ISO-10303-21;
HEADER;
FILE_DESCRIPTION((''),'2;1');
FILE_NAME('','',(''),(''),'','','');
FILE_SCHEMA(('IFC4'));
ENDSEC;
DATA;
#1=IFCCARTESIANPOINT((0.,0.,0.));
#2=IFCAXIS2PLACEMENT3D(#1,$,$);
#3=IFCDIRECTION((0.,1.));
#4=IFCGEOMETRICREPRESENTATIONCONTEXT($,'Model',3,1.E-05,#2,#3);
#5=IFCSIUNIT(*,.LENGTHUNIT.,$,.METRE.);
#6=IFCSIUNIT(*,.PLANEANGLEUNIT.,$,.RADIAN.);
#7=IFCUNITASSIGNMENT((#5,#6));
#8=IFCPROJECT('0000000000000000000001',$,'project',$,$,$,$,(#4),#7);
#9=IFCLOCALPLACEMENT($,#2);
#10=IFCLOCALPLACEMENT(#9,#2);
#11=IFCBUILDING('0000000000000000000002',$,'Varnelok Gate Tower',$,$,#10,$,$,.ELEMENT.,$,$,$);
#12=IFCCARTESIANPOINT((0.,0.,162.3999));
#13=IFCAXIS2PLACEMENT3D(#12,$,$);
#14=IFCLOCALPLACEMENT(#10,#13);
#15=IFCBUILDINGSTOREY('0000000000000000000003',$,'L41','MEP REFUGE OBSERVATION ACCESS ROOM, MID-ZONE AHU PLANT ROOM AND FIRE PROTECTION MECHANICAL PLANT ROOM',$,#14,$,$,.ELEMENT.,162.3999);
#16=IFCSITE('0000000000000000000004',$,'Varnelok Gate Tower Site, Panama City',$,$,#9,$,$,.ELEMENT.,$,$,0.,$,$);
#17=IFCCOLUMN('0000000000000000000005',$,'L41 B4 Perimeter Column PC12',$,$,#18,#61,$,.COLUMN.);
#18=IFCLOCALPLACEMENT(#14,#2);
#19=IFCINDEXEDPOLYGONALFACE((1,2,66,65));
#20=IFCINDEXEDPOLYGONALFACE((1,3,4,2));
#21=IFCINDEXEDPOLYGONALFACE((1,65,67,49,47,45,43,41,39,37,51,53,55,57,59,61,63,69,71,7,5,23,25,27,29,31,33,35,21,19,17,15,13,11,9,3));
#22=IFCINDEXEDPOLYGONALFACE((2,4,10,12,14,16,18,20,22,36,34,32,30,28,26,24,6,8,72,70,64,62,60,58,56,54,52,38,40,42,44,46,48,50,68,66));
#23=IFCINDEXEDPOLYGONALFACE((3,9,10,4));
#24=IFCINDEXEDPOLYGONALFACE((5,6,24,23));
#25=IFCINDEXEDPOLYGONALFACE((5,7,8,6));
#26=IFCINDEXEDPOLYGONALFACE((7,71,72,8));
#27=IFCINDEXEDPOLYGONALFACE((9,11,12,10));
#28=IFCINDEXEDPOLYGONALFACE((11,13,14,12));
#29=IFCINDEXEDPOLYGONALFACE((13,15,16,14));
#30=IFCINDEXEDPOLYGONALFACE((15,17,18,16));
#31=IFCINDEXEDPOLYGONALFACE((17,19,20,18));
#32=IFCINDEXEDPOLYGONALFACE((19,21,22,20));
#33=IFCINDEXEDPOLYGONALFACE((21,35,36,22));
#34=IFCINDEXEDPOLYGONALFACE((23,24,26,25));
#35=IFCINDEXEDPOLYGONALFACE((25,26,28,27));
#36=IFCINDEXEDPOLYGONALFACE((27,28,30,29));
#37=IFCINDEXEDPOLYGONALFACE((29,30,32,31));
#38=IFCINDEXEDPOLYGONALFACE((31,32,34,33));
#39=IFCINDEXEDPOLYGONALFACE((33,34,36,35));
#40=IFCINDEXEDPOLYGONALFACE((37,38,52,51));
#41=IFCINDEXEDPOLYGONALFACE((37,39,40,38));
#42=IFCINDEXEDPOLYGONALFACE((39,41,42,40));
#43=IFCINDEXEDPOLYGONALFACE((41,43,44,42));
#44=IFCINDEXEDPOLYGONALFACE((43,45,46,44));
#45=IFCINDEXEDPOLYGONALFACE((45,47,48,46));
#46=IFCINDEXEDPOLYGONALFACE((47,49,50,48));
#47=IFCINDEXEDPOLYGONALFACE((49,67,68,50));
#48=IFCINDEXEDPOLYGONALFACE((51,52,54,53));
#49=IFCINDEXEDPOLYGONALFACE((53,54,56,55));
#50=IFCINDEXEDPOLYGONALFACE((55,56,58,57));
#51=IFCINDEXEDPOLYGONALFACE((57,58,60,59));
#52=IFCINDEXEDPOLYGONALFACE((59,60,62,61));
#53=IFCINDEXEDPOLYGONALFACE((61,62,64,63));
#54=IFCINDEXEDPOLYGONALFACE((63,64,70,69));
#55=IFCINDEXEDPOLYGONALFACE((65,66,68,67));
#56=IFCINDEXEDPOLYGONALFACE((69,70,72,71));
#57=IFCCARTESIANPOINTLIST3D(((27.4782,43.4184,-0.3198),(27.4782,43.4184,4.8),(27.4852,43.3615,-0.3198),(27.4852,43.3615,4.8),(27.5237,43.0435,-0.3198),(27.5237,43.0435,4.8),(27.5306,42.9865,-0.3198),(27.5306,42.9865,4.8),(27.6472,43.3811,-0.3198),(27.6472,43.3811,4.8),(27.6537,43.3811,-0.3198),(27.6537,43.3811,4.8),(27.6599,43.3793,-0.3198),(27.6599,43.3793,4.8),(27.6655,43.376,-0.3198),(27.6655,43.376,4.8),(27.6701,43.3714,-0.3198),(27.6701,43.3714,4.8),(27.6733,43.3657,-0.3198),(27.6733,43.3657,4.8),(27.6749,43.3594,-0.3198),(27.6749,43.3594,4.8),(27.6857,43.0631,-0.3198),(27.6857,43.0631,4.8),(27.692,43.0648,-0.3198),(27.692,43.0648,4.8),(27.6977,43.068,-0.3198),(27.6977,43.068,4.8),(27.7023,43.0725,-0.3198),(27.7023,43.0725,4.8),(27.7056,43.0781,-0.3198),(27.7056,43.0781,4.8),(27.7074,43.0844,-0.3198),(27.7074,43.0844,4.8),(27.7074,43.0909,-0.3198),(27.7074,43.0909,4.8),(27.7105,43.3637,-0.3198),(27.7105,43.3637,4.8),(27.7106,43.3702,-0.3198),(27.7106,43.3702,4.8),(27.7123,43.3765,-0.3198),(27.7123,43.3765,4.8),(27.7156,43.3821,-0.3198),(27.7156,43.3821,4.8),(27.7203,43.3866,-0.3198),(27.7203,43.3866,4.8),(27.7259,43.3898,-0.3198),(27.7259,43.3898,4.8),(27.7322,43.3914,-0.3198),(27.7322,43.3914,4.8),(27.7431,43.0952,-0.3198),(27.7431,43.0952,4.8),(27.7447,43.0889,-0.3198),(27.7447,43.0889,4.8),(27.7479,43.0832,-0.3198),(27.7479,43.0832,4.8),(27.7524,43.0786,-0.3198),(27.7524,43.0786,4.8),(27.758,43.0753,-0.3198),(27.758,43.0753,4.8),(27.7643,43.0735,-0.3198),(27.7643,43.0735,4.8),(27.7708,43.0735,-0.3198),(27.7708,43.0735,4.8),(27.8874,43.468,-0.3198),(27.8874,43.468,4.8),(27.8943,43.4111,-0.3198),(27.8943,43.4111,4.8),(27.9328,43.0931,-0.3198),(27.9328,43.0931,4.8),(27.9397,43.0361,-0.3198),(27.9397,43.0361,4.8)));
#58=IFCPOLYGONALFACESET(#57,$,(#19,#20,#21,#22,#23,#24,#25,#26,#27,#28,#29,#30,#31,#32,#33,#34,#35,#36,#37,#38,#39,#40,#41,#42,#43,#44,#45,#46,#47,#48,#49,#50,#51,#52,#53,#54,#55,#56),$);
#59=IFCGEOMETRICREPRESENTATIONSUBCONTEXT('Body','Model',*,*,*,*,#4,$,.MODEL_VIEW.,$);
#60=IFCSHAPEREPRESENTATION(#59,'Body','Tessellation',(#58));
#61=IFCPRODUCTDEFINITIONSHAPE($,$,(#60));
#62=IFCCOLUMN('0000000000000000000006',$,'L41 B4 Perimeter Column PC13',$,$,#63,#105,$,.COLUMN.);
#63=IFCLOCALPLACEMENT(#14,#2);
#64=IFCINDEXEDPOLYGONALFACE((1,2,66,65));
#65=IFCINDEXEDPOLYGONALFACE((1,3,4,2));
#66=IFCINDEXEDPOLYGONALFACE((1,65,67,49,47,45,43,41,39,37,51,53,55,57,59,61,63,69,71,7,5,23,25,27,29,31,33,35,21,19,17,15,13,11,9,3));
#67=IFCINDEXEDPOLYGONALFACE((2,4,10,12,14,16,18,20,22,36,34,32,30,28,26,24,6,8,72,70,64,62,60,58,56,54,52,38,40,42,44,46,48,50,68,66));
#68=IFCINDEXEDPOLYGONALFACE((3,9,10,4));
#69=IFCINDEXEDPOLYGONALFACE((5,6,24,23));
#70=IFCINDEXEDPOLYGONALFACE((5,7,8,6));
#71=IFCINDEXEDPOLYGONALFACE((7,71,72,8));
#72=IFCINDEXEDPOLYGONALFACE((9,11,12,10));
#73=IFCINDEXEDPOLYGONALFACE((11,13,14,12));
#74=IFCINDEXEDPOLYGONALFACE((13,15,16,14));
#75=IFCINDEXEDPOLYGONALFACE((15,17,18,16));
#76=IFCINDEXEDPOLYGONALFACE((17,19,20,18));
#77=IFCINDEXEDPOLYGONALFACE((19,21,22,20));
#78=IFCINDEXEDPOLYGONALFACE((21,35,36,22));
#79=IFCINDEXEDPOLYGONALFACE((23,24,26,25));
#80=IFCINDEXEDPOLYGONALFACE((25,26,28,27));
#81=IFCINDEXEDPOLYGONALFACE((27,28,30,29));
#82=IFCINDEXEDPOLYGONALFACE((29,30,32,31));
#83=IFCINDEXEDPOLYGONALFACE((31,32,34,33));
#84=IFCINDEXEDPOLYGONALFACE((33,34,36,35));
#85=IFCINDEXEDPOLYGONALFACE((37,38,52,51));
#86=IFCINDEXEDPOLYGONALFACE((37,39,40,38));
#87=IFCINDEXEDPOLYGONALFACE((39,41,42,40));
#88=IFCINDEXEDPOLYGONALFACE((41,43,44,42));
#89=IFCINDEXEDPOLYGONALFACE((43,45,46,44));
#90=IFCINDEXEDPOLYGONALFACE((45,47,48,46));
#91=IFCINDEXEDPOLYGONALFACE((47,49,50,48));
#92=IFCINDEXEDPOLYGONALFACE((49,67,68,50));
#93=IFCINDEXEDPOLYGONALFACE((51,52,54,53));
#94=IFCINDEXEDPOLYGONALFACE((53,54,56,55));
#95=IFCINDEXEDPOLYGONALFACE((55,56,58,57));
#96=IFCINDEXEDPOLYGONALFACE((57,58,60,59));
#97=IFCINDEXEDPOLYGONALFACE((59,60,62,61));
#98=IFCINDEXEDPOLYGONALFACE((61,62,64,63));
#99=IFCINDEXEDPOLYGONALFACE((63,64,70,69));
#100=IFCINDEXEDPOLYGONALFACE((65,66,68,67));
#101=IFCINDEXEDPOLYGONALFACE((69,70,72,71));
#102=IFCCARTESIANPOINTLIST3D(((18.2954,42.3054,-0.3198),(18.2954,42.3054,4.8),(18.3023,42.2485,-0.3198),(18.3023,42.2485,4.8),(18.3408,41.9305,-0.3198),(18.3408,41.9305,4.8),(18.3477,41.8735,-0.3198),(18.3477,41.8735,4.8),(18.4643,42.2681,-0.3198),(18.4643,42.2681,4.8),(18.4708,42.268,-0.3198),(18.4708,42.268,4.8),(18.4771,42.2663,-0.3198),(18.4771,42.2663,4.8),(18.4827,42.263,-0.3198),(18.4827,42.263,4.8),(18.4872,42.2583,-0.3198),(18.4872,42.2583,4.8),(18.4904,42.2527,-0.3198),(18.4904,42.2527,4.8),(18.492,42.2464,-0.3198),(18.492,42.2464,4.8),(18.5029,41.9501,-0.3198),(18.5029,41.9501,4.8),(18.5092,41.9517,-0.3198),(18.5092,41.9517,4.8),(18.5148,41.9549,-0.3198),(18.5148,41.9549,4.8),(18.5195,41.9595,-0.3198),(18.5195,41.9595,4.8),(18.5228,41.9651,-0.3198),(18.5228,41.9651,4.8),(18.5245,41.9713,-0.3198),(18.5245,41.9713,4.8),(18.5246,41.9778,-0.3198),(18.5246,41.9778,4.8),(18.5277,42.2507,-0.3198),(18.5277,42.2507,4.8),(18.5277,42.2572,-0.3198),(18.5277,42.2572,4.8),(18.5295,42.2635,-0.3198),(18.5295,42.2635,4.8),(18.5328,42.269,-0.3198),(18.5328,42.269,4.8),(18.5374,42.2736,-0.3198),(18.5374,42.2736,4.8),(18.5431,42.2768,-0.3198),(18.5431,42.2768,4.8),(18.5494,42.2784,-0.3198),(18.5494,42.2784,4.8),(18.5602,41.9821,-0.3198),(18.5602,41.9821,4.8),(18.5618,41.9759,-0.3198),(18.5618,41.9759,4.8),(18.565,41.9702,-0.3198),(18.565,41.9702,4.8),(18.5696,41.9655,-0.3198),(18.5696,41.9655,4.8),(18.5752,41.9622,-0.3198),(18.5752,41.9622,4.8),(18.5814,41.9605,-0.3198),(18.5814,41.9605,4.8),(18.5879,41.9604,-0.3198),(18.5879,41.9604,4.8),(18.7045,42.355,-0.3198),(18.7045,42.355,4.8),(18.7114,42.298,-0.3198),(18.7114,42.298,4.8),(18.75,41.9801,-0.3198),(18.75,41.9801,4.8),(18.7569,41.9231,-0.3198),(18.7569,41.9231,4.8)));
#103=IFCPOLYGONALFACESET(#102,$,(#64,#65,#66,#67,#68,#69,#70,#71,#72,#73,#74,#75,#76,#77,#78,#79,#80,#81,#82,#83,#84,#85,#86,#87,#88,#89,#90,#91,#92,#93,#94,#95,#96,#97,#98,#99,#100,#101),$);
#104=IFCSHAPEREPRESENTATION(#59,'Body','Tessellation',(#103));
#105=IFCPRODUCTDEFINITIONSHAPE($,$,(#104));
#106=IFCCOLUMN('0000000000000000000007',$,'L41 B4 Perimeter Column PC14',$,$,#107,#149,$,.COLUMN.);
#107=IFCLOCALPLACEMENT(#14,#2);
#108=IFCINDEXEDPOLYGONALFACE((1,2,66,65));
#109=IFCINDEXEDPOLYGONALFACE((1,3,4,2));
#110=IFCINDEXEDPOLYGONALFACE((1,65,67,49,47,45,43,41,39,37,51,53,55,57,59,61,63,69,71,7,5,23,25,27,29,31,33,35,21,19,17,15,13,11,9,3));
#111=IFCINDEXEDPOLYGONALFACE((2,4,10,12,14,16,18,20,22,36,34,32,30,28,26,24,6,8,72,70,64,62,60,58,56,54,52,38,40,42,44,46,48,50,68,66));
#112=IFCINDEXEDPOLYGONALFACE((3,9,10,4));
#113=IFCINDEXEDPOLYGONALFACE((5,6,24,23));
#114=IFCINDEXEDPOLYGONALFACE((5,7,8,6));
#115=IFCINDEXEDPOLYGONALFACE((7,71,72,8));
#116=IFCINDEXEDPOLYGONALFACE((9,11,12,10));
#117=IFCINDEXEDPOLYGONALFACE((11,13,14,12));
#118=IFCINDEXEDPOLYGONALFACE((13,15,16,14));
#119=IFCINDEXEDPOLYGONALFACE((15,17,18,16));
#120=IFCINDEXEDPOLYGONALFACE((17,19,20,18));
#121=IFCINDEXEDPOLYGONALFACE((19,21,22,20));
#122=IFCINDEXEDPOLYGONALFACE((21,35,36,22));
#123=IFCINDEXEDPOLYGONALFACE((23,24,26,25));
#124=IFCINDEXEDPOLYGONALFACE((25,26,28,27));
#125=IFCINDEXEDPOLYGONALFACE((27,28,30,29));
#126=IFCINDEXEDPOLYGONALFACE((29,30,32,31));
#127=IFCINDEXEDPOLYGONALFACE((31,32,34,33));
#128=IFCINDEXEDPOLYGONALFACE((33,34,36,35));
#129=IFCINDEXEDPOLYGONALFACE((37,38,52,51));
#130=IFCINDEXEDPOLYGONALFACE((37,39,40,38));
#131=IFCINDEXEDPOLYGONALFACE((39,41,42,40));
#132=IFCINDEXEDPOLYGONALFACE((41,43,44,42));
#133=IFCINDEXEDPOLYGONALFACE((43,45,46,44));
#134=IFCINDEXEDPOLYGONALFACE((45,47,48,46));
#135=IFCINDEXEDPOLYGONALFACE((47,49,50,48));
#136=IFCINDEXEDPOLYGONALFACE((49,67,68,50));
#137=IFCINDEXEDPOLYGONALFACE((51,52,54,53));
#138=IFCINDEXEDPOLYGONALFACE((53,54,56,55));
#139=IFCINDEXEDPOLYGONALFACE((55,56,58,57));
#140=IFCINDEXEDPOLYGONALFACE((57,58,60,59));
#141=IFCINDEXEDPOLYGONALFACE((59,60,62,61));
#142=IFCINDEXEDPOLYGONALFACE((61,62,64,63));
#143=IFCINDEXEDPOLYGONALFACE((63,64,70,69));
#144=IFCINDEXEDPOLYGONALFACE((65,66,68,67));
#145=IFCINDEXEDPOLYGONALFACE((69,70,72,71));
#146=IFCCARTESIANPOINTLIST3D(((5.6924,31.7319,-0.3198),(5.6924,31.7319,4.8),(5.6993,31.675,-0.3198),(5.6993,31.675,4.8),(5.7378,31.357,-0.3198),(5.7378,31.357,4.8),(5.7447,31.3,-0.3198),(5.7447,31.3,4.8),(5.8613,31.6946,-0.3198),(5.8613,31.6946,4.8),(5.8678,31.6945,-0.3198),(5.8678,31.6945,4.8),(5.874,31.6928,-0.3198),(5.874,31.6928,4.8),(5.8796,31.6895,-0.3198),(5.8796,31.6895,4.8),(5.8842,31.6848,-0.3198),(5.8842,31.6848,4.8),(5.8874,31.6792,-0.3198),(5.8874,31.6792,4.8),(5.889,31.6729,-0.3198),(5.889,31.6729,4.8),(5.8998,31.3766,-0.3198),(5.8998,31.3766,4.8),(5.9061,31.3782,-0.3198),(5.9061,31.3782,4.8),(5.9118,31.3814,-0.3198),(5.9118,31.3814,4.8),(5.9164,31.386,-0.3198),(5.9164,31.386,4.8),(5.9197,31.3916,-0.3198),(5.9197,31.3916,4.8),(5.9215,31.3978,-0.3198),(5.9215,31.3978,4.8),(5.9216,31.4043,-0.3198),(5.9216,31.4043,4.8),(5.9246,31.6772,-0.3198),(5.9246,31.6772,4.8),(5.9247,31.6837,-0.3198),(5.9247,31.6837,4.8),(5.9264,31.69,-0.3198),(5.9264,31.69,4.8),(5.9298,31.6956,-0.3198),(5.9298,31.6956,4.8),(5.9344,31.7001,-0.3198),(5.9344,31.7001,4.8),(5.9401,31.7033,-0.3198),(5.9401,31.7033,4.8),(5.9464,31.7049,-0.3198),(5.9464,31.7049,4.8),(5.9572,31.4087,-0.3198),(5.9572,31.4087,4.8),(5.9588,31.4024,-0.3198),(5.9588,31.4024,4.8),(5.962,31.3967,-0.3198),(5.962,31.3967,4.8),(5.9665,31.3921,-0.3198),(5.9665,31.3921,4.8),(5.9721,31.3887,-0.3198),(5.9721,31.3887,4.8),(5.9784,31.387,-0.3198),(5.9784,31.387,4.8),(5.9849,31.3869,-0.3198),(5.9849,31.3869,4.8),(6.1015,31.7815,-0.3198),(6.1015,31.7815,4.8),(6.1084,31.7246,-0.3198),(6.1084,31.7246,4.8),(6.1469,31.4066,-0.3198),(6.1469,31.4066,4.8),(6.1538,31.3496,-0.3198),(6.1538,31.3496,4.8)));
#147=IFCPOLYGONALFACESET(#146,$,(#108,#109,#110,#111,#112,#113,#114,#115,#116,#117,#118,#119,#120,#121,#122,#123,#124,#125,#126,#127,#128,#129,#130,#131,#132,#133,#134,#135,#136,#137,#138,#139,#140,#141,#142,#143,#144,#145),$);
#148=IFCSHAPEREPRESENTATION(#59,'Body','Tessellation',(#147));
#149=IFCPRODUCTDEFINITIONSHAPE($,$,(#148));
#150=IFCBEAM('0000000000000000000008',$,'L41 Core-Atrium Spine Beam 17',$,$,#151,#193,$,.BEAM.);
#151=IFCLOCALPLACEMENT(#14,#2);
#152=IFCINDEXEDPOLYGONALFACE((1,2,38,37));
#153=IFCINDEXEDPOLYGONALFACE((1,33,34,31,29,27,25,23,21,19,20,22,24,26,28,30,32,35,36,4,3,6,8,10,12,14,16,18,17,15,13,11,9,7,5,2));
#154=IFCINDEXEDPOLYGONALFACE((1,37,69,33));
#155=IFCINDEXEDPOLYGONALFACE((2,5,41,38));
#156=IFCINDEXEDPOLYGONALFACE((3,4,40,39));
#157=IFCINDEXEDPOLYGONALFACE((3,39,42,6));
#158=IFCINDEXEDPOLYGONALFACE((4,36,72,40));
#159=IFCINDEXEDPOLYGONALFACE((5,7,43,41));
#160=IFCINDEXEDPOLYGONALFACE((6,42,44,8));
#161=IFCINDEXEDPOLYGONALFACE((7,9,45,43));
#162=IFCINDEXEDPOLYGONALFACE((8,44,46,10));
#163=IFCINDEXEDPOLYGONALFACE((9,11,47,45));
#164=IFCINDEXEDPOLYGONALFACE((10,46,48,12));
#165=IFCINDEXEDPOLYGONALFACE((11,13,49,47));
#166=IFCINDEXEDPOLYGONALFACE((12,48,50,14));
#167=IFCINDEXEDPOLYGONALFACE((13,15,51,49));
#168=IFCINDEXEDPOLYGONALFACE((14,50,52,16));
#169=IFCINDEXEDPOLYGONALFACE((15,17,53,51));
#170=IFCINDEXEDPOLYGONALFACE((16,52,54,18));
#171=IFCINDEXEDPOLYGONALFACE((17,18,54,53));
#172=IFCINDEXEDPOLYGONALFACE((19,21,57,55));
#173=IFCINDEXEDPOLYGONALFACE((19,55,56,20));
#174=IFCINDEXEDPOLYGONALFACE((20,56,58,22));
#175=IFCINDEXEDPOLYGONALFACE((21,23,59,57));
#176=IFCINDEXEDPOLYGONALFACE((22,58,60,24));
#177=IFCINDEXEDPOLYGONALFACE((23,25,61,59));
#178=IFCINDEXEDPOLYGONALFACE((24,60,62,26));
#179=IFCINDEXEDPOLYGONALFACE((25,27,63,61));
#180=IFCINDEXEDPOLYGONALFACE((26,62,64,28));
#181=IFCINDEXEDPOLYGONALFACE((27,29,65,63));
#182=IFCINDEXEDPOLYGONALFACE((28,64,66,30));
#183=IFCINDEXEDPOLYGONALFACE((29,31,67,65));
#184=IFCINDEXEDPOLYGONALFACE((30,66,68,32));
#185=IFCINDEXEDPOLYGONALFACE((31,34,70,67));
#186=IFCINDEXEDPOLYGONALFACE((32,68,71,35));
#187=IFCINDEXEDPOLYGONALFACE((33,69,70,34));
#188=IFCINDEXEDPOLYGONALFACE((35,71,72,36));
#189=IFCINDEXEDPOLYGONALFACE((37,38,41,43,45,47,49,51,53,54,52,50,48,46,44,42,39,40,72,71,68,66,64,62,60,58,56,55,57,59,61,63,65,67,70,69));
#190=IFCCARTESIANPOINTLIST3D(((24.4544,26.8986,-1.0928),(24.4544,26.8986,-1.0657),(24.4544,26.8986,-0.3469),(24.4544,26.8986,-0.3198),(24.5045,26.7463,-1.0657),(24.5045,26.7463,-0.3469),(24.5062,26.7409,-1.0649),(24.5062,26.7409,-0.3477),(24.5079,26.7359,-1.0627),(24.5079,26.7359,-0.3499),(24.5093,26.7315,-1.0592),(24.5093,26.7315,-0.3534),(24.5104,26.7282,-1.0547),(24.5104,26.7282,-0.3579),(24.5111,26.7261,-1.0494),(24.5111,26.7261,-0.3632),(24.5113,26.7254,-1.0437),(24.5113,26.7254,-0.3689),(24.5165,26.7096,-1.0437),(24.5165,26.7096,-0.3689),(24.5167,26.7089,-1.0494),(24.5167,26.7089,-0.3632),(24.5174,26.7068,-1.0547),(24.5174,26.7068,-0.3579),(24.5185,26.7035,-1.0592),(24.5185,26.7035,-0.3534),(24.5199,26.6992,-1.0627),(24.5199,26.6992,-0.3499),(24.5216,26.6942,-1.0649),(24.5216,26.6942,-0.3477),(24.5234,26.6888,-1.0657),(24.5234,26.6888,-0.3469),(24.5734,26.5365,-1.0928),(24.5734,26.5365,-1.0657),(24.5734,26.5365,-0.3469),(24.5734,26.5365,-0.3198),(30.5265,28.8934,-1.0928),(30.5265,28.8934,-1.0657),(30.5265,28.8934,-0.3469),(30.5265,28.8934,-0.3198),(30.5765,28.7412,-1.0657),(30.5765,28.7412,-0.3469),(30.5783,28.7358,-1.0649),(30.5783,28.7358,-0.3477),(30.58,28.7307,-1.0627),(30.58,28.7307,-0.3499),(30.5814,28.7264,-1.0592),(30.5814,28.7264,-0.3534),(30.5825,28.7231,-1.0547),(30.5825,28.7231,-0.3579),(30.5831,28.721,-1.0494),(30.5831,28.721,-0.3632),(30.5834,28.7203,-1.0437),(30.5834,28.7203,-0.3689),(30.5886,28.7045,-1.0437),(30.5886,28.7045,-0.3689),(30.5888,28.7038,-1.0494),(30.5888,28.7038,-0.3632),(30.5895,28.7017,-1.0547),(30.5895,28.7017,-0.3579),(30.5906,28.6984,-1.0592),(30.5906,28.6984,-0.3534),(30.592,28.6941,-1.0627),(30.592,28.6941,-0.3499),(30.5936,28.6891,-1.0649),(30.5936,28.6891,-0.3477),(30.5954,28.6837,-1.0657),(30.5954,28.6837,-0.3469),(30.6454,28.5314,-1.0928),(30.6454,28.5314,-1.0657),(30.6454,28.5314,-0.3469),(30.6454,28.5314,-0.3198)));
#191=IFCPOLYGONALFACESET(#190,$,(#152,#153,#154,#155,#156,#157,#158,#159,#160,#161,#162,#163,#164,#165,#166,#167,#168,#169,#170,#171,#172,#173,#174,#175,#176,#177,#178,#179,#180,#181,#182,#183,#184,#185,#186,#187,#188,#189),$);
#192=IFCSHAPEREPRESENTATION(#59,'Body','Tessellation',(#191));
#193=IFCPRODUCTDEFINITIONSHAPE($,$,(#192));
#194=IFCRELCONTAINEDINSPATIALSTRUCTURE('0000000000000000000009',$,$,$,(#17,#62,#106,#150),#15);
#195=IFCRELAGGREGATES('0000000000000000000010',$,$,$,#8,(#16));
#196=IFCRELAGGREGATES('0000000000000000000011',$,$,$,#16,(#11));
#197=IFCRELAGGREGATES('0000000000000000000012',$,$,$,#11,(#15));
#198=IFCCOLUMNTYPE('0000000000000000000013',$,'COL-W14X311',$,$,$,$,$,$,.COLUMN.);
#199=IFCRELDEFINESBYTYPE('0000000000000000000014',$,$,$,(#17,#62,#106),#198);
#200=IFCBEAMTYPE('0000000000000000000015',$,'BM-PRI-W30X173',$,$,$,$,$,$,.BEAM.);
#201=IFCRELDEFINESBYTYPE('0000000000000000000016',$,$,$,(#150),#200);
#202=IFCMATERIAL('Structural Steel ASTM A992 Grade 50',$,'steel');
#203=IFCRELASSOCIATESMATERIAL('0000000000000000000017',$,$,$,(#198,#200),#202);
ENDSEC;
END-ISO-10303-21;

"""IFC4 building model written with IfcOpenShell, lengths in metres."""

from ifc_helpers import new_model, si_unit, direction, frame, origin, origin_2d, place, context, subcontext, project, spatial, i_section, extrude, material, material_profile, profile_set, type_object, element, save


model = new_model("IFC4")

# Units and contexts
model_context = context("Model", 3, precision=1e-05, world=origin(), true_north=direction((0.0, 1.0)))
body_context = subcontext(model_context, "Body", "Model", "MODEL_VIEW")
ifc_project = project(units=[si_unit("LENGTHUNIT", "METRE"), si_unit("PLANEANGLEUNIT", "RADIAN")], contexts=[model_context])

# Site, building, storey
site_placement = place(None, origin())
site = spatial("IfcSite", under=ifc_project, at=site_placement, Name="Varnelok Gate Tower Site, Panama City", CompositionType="ELEMENT", RefElevation=0.0)
building_placement = place(site_placement, origin())
building = spatial("IfcBuilding", under=site, at=building_placement, Name="Varnelok Gate Tower", CompositionType="ELEMENT")
storey_placement = place(building_placement, frame((0.0, 0.0, 162.3999)))
storey = spatial("IfcBuildingStorey", under=building, at=storey_placement, Name="L41", Description="MEP REFUGE OBSERVATION ACCESS ROOM, MID-ZONE AHU PLANT ROOM AND FIRE PROTECTION MECHANICAL PLANT ROOM", CompositionType="ELEMENT", Elevation=162.3999)

# Columns
ifc_material_1 = material(Name="Structural Steel ASTM A992 Grade 50", Category="steel")
ifc_material_profile_1 = material_profile(ifc_material_1, i_section(OverallWidth=0.4121, OverallDepth=0.4351, WebThickness=0.0359, FlangeThickness=0.0574, FilletRadius=0.0249, at=origin_2d()), Name="W14X311")
ifc_profile_set_1 = profile_set([ifc_material_profile_1], Name="Structural Steel ASTM A992 Grade 50")
column_type = type_object("IfcColumnType", Name="COL-W14X311", PredefinedType="COLUMN", material=ifc_profile_set_1)
for number, where, z_axis, x_axis, name in (
    (1, (27.709, 43.2273, -0.3198), (0.0, 0.0, 1.0), (0.992732, 0.120345, 0.0), "L41 B4 Perimeter Column PC12"),
    (2, (18.5261, 42.1143, -0.3198), (0.0, 0.0, 1.0), (0.992732, 0.120345, 0.0), "L41 B4 Perimeter Column PC13"),
    (3, (5.9231, 31.5408, -0.3198), (0.0, 0.0, 1.0), (0.992732, 0.120345, 0.0), "L41 B4 Perimeter Column PC14"),
):
    element("IfcColumn", number, at=place(storey_placement, frame(where, z_axis=z_axis, x_axis=x_axis)), inside=storey, type_object=column_type, Name=name, PredefinedType="COLUMN", context=body_context, shape_type="SweptSolid", body=[
        extrude(i_section(OverallWidth=0.4121, OverallDepth=0.4351, WebThickness=0.0359, FlangeThickness=0.0574, FilletRadius=0.0249, at=origin_2d()), origin(), (0.0, 0.0, 1.0), 5.1199),
    ])

# Beam
ifc_material_profile_2 = material_profile(ifc_material_1, i_section(OverallWidth=0.3811, OverallDepth=0.7729, WebThickness=0.0166, FlangeThickness=0.0271, FilletRadius=0.022, at=origin_2d()), Name="W30X173")
ifc_profile_set_2 = profile_set([ifc_material_profile_2], Name="Structural Steel ASTM A992 Grade 50")
beam_type_1 = type_object("IfcBeamType", Name="BM-PRI-W30X173", PredefinedType="BEAM", material=ifc_profile_set_2)
beam_1_placement = place(storey_placement, frame((24.5139, 26.7175, -0.7063), z_axis=(0.950042, 0.312122, 0.0), x_axis=(-0.312122, 0.950042, 0.0)))
element("IfcBeam", 4, at=beam_1_placement, inside=storey, type_object=beam_type_1, Name="L41 Core-Atrium Spine Beam 17", PredefinedType="BEAM", context=body_context, shape_type="SweptSolid", body=[
    extrude(i_section(OverallWidth=0.3811, OverallDepth=0.7729, WebThickness=0.0166, FlangeThickness=0.0271, FilletRadius=0.022, at=origin_2d()), origin(), (0.0, 0.0, 1.0), 6.3914),
])

save(model, "model.ifc")
